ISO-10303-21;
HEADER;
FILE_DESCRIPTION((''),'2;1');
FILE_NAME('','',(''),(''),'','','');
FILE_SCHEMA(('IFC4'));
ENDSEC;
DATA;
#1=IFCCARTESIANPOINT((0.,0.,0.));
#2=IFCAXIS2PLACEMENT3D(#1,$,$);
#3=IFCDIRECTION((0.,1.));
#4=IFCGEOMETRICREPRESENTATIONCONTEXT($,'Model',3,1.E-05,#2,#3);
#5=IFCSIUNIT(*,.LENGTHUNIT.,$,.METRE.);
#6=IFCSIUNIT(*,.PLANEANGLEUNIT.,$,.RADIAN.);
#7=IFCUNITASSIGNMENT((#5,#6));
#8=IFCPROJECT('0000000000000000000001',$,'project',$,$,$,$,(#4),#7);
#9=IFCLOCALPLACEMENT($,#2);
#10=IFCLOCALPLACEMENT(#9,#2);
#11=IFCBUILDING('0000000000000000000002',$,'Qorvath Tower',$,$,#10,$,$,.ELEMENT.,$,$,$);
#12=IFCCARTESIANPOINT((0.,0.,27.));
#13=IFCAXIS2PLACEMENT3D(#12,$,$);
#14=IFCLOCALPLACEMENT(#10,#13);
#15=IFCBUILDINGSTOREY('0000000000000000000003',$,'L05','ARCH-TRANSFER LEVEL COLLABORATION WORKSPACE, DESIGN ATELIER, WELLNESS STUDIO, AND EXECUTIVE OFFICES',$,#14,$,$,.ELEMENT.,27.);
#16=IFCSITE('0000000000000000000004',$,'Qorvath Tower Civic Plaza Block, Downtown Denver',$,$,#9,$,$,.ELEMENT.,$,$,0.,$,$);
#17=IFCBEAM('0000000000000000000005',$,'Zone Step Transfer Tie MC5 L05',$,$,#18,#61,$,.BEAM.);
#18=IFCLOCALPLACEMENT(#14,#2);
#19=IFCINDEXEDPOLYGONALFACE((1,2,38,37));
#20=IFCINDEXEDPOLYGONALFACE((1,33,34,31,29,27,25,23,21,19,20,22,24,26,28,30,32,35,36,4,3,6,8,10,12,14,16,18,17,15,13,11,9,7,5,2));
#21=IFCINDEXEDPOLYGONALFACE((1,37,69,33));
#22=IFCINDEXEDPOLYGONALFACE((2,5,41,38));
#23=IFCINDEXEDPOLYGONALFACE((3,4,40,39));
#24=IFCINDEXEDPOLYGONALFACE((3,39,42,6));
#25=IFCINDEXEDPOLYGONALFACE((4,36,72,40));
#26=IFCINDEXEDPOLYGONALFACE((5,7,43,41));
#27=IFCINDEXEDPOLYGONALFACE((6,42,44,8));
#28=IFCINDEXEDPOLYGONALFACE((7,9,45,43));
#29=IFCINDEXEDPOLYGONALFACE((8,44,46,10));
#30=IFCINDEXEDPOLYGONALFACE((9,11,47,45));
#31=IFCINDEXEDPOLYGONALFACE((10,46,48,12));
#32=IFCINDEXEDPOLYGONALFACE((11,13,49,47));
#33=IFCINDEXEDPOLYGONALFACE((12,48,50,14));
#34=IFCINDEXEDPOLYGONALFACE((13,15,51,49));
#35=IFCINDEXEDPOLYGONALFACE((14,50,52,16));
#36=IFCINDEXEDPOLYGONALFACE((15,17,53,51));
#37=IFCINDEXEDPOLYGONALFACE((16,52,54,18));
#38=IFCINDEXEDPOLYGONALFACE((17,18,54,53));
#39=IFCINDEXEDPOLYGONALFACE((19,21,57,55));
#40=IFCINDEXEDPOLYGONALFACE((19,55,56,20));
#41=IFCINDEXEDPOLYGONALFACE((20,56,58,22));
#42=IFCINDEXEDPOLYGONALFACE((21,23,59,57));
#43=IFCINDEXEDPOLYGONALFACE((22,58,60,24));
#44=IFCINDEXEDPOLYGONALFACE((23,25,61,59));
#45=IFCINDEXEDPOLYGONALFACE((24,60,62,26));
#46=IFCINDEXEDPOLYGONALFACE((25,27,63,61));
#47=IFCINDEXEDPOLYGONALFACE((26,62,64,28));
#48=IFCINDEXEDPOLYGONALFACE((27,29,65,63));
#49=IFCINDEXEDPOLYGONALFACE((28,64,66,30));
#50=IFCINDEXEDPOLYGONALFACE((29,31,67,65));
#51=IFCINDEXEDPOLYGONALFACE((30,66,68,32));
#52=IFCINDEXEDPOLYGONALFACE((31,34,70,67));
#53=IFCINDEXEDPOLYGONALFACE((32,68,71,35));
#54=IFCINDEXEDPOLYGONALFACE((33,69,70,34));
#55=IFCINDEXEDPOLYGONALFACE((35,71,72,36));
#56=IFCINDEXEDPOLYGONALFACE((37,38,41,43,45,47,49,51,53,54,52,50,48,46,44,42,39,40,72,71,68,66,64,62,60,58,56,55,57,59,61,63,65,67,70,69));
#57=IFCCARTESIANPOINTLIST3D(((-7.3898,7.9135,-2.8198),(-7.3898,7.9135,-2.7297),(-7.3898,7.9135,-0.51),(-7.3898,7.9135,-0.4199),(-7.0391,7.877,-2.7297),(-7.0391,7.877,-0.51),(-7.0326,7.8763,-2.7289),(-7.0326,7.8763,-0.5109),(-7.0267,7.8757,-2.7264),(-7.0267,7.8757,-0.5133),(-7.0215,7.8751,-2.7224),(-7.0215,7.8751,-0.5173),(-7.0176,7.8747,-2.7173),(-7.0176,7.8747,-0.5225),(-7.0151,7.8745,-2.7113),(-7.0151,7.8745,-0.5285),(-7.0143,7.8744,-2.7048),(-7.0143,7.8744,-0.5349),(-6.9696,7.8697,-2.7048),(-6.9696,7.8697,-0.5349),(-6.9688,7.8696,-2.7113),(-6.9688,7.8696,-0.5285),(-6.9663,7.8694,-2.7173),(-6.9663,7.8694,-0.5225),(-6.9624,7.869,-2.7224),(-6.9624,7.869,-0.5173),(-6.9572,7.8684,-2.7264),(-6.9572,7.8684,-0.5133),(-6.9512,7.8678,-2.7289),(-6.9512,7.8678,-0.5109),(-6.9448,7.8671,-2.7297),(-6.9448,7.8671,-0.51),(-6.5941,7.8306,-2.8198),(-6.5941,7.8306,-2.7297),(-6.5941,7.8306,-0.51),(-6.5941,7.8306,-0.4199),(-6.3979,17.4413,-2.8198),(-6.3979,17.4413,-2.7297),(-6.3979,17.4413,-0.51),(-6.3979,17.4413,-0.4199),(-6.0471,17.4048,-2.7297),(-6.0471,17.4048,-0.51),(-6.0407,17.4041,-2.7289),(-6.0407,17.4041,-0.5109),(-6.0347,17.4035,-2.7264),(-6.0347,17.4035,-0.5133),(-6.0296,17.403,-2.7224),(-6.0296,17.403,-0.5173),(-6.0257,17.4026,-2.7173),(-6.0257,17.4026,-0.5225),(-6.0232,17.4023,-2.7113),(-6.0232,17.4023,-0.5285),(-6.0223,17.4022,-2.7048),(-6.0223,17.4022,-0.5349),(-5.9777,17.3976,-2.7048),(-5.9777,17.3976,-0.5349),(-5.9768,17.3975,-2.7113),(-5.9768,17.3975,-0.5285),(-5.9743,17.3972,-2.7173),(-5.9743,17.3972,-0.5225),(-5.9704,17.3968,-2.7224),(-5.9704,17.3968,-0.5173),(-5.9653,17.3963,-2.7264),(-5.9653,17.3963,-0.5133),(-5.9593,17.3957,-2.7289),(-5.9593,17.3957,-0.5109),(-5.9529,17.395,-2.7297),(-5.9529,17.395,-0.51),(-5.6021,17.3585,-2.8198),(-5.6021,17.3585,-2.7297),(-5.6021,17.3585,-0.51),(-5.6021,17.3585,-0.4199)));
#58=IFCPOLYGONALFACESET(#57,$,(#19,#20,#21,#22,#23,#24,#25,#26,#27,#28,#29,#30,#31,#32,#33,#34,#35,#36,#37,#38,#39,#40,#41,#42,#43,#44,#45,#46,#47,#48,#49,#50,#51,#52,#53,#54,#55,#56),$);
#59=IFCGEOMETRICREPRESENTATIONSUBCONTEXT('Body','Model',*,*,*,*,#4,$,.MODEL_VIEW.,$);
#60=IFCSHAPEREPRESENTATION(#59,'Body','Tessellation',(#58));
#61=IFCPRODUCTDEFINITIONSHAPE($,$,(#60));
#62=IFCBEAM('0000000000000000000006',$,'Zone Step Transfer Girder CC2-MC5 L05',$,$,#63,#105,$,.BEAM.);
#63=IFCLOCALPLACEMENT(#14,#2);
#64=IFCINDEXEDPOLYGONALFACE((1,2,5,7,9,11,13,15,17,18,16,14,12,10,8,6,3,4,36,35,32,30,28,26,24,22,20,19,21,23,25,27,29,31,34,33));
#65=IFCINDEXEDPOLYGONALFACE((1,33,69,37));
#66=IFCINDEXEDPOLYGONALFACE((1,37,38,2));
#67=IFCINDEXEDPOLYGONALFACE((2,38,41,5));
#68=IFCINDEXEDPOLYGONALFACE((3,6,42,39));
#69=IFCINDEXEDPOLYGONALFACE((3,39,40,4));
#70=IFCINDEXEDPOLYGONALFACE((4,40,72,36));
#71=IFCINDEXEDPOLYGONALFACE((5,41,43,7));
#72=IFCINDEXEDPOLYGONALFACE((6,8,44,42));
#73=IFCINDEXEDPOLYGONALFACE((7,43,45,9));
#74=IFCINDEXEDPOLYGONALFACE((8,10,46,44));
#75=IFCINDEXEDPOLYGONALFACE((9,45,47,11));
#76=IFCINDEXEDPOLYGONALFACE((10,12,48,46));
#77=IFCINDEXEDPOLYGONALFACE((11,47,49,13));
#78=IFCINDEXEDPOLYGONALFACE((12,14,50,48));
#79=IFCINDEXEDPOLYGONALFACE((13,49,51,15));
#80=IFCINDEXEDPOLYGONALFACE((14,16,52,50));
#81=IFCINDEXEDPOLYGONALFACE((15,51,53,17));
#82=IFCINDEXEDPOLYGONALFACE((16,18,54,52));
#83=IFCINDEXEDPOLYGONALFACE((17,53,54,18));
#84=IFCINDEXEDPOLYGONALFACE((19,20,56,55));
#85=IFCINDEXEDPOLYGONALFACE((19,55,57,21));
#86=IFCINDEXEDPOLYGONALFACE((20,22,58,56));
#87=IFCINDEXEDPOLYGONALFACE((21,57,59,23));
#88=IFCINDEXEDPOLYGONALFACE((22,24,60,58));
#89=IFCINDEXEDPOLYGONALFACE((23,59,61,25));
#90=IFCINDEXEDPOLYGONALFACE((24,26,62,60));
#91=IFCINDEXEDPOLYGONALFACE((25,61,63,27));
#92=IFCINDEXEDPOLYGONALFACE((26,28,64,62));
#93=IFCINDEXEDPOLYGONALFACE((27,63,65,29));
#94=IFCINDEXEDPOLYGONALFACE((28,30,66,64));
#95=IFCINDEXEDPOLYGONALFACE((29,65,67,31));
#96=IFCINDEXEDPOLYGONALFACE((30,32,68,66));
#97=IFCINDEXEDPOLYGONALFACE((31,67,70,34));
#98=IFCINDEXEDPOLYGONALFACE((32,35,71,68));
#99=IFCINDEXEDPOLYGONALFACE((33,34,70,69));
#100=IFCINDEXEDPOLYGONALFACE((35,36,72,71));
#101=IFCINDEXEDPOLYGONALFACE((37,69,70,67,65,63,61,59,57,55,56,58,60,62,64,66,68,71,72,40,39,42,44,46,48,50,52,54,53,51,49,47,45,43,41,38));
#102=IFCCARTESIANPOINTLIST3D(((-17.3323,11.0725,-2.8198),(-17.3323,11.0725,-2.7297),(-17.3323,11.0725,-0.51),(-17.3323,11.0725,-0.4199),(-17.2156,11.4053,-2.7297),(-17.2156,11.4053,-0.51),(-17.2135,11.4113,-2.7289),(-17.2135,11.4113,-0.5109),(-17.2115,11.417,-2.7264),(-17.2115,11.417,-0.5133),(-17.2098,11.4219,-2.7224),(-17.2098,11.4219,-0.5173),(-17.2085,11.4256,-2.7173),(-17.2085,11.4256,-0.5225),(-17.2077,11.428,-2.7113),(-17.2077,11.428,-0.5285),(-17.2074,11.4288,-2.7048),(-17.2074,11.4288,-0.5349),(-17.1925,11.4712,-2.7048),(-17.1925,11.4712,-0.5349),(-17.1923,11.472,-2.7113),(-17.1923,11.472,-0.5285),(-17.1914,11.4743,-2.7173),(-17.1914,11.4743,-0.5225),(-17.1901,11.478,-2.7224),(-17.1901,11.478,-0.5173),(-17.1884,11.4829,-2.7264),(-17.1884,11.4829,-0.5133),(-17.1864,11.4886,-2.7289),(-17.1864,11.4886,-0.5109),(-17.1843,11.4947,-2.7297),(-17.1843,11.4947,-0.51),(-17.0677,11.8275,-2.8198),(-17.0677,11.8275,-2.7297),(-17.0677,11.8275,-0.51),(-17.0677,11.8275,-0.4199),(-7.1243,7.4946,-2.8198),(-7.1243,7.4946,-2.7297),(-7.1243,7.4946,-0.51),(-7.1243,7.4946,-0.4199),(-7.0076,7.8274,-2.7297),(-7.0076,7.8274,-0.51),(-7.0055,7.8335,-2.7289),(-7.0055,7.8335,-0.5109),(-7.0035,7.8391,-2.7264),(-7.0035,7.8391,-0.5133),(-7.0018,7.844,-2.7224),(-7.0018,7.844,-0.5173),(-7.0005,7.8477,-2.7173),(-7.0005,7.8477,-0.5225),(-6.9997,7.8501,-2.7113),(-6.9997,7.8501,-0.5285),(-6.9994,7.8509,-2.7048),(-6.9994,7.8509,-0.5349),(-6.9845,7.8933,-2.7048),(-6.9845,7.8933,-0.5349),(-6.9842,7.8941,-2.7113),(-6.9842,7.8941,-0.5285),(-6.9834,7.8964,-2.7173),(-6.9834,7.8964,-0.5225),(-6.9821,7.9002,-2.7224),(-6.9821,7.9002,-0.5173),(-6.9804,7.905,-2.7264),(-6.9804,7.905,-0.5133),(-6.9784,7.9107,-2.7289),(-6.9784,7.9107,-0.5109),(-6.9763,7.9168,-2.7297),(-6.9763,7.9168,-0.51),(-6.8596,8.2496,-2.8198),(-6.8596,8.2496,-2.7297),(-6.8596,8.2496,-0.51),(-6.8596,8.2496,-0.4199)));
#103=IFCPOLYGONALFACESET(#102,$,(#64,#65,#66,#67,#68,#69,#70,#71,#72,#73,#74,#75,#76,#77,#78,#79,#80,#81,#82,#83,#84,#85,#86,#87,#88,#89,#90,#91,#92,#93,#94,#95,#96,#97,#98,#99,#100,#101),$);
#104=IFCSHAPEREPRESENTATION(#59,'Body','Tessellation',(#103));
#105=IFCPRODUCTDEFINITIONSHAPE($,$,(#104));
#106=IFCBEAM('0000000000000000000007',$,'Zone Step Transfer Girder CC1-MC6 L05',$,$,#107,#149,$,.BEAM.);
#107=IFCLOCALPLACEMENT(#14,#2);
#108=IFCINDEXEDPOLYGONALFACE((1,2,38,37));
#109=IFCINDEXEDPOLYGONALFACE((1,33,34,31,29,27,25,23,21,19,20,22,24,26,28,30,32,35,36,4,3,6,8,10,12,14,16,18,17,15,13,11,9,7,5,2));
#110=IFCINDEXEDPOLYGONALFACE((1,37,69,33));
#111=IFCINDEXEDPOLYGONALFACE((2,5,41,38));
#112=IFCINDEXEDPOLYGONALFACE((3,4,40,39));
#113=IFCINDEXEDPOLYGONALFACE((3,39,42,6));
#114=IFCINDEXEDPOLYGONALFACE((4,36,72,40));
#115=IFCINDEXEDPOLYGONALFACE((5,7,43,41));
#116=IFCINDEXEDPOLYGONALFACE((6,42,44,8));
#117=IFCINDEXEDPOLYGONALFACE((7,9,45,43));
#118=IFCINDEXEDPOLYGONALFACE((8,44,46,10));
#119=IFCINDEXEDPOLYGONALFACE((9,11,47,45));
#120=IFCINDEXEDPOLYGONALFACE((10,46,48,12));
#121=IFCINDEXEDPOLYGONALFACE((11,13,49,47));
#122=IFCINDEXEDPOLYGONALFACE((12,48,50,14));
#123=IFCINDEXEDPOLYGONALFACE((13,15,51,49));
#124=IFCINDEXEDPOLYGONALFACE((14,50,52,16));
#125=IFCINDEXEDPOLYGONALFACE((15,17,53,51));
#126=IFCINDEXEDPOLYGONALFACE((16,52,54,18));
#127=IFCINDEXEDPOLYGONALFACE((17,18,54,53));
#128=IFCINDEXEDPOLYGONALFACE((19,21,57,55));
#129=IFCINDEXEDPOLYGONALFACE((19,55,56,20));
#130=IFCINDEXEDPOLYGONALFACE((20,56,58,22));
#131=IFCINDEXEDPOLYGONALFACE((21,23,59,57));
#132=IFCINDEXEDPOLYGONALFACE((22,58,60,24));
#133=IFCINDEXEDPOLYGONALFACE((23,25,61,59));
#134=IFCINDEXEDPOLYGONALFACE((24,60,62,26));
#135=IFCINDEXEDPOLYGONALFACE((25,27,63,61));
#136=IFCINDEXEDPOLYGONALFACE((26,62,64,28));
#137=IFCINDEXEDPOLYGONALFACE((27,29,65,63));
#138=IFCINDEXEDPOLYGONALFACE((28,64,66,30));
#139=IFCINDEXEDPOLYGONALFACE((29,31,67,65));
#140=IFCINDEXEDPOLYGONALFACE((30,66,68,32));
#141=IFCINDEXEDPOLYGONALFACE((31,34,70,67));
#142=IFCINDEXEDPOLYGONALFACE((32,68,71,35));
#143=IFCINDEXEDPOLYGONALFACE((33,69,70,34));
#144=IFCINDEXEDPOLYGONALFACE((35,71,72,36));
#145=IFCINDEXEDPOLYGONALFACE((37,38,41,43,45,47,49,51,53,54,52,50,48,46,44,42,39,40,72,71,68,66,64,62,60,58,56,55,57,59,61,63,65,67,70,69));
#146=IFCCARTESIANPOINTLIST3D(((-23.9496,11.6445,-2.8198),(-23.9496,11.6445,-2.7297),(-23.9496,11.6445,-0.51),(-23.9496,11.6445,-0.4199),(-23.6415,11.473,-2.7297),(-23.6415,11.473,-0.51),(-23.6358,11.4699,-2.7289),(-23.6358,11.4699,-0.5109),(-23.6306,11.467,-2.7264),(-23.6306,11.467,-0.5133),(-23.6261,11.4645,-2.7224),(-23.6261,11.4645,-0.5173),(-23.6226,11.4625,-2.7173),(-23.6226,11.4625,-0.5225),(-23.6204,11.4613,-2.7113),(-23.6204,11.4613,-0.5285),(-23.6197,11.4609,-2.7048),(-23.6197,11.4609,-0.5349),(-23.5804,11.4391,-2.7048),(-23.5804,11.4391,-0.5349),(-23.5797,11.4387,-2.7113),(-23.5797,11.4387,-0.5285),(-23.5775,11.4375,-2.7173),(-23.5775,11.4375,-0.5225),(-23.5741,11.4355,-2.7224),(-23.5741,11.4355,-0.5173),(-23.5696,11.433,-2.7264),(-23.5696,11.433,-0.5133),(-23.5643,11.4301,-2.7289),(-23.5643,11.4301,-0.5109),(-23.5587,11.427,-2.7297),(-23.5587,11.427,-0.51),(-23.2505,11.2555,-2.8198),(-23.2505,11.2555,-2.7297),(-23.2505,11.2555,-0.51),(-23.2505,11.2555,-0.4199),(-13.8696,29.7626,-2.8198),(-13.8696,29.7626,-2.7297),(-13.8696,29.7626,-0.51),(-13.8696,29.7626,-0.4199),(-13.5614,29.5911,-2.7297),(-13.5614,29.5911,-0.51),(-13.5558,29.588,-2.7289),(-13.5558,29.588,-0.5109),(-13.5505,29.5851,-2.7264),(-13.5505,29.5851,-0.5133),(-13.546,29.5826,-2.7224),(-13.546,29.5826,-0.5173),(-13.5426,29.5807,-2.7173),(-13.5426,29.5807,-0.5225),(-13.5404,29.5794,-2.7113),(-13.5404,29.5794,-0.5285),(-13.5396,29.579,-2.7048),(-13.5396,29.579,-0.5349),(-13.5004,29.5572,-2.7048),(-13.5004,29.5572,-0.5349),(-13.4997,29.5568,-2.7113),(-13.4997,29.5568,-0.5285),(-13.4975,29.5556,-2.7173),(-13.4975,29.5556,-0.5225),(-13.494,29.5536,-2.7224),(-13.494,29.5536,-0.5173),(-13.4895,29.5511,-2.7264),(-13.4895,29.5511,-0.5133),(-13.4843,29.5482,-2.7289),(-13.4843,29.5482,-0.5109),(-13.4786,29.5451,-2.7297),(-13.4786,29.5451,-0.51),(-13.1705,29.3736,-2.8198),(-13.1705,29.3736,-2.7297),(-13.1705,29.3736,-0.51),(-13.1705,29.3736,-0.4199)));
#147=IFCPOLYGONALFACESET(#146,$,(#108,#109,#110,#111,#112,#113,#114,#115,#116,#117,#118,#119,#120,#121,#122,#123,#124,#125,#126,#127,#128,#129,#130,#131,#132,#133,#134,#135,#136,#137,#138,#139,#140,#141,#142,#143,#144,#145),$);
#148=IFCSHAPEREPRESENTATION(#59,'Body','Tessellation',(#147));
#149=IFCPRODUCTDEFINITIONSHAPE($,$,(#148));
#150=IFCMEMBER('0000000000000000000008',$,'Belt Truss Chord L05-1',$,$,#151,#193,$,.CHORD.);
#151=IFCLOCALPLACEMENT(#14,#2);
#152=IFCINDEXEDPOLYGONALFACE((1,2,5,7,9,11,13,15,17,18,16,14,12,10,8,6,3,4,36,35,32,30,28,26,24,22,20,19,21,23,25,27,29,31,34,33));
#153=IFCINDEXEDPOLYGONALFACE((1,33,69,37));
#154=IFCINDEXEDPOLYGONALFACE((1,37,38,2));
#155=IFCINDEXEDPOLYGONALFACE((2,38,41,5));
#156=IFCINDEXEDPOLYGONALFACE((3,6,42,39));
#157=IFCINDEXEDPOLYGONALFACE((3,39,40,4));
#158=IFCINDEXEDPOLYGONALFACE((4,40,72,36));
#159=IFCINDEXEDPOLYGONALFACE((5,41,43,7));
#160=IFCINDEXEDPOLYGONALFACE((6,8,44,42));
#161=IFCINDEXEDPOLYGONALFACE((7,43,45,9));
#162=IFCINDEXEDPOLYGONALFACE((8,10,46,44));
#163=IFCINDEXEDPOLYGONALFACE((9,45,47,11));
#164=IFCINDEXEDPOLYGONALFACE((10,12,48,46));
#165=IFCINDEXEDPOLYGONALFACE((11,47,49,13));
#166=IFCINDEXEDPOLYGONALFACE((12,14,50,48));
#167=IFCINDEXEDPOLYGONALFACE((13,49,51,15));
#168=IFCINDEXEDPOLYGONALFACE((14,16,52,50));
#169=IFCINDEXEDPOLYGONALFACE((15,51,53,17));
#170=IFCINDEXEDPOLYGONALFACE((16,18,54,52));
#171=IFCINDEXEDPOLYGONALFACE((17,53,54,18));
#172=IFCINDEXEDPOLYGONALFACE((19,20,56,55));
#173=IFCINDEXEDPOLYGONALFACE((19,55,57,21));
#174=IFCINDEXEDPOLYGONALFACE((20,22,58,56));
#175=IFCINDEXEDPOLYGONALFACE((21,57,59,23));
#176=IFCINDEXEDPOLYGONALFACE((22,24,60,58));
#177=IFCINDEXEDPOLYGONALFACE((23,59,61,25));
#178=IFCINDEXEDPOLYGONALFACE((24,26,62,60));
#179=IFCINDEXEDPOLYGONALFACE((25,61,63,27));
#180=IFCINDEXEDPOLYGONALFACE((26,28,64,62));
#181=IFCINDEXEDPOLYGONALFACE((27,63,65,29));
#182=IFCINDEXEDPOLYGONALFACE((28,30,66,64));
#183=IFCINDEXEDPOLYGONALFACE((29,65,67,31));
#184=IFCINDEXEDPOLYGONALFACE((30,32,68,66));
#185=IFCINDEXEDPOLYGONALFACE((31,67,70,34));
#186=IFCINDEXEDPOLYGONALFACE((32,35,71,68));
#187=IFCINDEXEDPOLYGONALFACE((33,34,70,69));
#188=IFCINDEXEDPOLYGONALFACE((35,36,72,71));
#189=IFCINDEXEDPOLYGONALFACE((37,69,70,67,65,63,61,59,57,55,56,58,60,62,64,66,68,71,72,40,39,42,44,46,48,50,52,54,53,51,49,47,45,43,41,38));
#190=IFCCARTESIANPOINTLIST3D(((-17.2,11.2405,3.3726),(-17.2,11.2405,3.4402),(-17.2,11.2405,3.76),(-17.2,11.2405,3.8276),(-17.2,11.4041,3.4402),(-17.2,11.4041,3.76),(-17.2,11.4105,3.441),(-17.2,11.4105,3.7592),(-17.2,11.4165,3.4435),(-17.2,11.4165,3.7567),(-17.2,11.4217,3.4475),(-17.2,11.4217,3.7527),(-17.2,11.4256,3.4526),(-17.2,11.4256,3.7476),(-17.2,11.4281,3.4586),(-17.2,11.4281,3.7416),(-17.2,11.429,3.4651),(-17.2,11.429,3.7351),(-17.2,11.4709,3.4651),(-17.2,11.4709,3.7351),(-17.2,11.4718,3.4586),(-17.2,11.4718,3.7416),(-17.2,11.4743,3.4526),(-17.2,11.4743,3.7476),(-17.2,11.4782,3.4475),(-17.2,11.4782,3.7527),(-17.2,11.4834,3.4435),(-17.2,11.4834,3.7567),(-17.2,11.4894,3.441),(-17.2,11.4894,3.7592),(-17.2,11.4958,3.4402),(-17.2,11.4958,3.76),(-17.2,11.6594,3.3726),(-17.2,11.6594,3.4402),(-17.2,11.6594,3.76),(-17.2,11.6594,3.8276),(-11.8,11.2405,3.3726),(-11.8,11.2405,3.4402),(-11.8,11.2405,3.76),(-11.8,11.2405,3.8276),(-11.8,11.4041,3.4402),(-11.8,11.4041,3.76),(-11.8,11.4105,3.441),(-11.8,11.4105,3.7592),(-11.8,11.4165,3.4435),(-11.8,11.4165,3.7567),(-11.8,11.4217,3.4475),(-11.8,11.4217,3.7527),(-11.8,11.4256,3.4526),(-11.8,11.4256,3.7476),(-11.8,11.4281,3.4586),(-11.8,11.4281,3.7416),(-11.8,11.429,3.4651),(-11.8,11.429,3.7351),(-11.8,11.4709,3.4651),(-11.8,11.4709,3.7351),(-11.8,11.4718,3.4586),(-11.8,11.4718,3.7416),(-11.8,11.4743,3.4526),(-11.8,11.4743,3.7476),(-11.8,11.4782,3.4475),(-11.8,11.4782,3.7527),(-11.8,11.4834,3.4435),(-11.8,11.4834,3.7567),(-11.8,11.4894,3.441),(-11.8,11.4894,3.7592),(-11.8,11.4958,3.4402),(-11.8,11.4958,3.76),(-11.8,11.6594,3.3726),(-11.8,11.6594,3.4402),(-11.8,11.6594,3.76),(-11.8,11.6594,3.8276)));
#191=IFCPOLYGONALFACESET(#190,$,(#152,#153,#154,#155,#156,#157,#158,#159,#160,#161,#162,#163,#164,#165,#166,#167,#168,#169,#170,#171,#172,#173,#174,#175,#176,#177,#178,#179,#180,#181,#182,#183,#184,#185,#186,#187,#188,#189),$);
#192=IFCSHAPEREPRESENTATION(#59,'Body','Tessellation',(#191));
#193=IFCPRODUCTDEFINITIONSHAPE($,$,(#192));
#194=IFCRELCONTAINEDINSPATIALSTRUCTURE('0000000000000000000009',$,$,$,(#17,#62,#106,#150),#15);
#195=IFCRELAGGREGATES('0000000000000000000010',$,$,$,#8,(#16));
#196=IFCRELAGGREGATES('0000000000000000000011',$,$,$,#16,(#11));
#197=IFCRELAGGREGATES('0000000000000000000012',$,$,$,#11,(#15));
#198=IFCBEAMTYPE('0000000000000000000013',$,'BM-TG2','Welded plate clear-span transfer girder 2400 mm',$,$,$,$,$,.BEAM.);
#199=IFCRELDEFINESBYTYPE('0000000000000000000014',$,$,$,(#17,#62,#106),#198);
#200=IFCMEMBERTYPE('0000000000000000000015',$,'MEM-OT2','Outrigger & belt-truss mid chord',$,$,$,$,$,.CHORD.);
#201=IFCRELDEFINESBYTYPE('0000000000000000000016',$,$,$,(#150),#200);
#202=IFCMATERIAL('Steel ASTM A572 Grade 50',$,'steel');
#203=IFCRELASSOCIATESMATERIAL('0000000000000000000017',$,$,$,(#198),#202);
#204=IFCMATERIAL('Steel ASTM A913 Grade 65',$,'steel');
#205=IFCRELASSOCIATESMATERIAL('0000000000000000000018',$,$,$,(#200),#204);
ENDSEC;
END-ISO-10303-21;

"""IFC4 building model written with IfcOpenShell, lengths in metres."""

from ifc_helpers import new_model, si_unit, direction, frame, origin, origin_2d, place, context, subcontext, project, spatial, i_section, extrude, material, material_profile, profile_set, type_object, element, save


model = new_model("IFC4")

# Units and contexts
model_context = context("Model", 3, precision=1e-05, world=origin(), true_north=direction((0.0, 1.0)))
body_context = subcontext(model_context, "Body", "Model", "MODEL_VIEW")
ifc_project = project(units=[si_unit("LENGTHUNIT", "METRE"), si_unit("PLANEANGLEUNIT", "RADIAN")], contexts=[model_context])

# Site, building, storey
site_placement = place(None, origin())
site = spatial("IfcSite", under=ifc_project, at=site_placement, Name="Qorvath Tower Civic Plaza Block, Downtown Denver", CompositionType="ELEMENT", RefElevation=0.0)
building_placement = place(site_placement, origin())
building = spatial("IfcBuilding", under=site, at=building_placement, Name="Qorvath Tower", CompositionType="ELEMENT")
storey_placement = place(building_placement, frame((0.0, 0.0, 27.0)))
storey = spatial("IfcBuildingStorey", under=building, at=storey_placement, Name="L05", Description="ARCH-TRANSFER LEVEL COLLABORATION WORKSPACE, DESIGN ATELIER, WELLNESS STUDIO, AND EXECUTIVE OFFICES", CompositionType="ELEMENT", Elevation=27.0)

# Beams
ifc_material_1 = material(Name="Steel ASTM A572 Grade 50", Category="steel")
ifc_material_profile_1 = material_profile(ifc_material_1, i_section(OverallWidth=0.8, OverallDepth=2.3999, WebThickness=0.0449, FlangeThickness=0.0901, FilletRadius=0.0249, at=origin_2d()), Name="WTG 2400x800")
ifc_profile_set_1 = profile_set([ifc_material_profile_1], Name="Steel ASTM A572 Grade 50")
beam_type_1 = type_object("IfcBeamType", Name="BM-TG2", Description="Welded plate clear-span transfer girder 2400 mm", PredefinedType="BEAM", material=ifc_profile_set_1)
beam_1_placement = place(storey_placement, frame((-6.0, 17.3999, -1.6199), z_axis=(-0.10355, -0.994624, 0.0), x_axis=(0.994624, -0.10355, 0.0)))
element("IfcBeam", 1, at=beam_1_placement, inside=storey, type_object=beam_type_1, Name="Zone Step Transfer Tie MC5 L05", PredefinedType="BEAM", context=body_context, shape_type="SweptSolid", body=[
    extrude(i_section(OverallWidth=0.8, OverallDepth=2.3999, WebThickness=0.0449, FlangeThickness=0.0901, FilletRadius=0.0249, at=origin_2d()), origin(), (0.0, 0.0, 1.0), 9.5793),
])
beam_2_placement = place(storey_placement, frame((-6.9919, 7.8721, -1.6199), z_axis=(-0.943712, 0.330769, 0.0), x_axis=(-0.330769, -0.943712, 0.0)))
element("IfcBeam", 2, at=beam_2_placement, inside=storey, type_object=beam_type_1, Name="Zone Step Transfer Girder CC2-MC5 L05", PredefinedType="BEAM", context=body_context, shape_type="SweptSolid", body=[
    extrude(i_section(OverallWidth=0.8, OverallDepth=2.3999, WebThickness=0.0449, FlangeThickness=0.0901, FilletRadius=0.0249, at=origin_2d()), origin(), (0.0, 0.0, 1.0), 10.8169),
])
beam_3_placement = place(storey_placement, frame((-13.52, 29.5681, -1.6199), z_axis=(-0.486175, -0.873862, 0.0), x_axis=(0.873862, -0.486175, 0.0)))
element("IfcBeam", 3, at=beam_3_placement, inside=storey, type_object=beam_type_1, Name="Zone Step Transfer Girder CC1-MC6 L05", PredefinedType="BEAM", context=body_context, shape_type="SweptSolid", body=[
    extrude(i_section(OverallWidth=0.8, OverallDepth=2.3999, WebThickness=0.0449, FlangeThickness=0.0901, FilletRadius=0.0249, at=origin_2d()), origin(), (0.0, 0.0, 1.0), 20.7334),
])

# Member
ifc_material_2 = material(Name="Steel ASTM A913 Grade 65", Category="steel")
ifc_material_profile_2 = material_profile(ifc_material_2, i_section(OverallWidth=0.4189, OverallDepth=0.4551, WebThickness=0.042, FlangeThickness=0.0676, FilletRadius=0.0249, at=origin_2d()), Name="W14x370")
ifc_profile_set_2 = profile_set([ifc_material_profile_2], Name="Steel ASTM A913 Grade 65")
member_type = type_object("IfcMemberType", Name="MEM-OT2", Description="Outrigger & belt-truss mid chord", PredefinedType="CHORD", material=ifc_profile_set_2)
member_placement = place(storey_placement, frame((-17.2, 11.45, 3.6001), z_axis=(1.0, 0.0, 0.0), x_axis=(0.0, 1.0, 0.0)))
element("IfcMember", 4, at=member_placement, inside=storey, type_object=member_type, Name="Belt Truss Chord L05-1", PredefinedType="CHORD", context=body_context, shape_type="SweptSolid", body=[
    extrude(i_section(OverallWidth=0.4189, OverallDepth=0.4551, WebThickness=0.042, FlangeThickness=0.0676, FilletRadius=0.0249, at=origin_2d()), origin(), (0.0, 0.0, 1.0), 5.3999),
])

save(model, "model.ifc")
